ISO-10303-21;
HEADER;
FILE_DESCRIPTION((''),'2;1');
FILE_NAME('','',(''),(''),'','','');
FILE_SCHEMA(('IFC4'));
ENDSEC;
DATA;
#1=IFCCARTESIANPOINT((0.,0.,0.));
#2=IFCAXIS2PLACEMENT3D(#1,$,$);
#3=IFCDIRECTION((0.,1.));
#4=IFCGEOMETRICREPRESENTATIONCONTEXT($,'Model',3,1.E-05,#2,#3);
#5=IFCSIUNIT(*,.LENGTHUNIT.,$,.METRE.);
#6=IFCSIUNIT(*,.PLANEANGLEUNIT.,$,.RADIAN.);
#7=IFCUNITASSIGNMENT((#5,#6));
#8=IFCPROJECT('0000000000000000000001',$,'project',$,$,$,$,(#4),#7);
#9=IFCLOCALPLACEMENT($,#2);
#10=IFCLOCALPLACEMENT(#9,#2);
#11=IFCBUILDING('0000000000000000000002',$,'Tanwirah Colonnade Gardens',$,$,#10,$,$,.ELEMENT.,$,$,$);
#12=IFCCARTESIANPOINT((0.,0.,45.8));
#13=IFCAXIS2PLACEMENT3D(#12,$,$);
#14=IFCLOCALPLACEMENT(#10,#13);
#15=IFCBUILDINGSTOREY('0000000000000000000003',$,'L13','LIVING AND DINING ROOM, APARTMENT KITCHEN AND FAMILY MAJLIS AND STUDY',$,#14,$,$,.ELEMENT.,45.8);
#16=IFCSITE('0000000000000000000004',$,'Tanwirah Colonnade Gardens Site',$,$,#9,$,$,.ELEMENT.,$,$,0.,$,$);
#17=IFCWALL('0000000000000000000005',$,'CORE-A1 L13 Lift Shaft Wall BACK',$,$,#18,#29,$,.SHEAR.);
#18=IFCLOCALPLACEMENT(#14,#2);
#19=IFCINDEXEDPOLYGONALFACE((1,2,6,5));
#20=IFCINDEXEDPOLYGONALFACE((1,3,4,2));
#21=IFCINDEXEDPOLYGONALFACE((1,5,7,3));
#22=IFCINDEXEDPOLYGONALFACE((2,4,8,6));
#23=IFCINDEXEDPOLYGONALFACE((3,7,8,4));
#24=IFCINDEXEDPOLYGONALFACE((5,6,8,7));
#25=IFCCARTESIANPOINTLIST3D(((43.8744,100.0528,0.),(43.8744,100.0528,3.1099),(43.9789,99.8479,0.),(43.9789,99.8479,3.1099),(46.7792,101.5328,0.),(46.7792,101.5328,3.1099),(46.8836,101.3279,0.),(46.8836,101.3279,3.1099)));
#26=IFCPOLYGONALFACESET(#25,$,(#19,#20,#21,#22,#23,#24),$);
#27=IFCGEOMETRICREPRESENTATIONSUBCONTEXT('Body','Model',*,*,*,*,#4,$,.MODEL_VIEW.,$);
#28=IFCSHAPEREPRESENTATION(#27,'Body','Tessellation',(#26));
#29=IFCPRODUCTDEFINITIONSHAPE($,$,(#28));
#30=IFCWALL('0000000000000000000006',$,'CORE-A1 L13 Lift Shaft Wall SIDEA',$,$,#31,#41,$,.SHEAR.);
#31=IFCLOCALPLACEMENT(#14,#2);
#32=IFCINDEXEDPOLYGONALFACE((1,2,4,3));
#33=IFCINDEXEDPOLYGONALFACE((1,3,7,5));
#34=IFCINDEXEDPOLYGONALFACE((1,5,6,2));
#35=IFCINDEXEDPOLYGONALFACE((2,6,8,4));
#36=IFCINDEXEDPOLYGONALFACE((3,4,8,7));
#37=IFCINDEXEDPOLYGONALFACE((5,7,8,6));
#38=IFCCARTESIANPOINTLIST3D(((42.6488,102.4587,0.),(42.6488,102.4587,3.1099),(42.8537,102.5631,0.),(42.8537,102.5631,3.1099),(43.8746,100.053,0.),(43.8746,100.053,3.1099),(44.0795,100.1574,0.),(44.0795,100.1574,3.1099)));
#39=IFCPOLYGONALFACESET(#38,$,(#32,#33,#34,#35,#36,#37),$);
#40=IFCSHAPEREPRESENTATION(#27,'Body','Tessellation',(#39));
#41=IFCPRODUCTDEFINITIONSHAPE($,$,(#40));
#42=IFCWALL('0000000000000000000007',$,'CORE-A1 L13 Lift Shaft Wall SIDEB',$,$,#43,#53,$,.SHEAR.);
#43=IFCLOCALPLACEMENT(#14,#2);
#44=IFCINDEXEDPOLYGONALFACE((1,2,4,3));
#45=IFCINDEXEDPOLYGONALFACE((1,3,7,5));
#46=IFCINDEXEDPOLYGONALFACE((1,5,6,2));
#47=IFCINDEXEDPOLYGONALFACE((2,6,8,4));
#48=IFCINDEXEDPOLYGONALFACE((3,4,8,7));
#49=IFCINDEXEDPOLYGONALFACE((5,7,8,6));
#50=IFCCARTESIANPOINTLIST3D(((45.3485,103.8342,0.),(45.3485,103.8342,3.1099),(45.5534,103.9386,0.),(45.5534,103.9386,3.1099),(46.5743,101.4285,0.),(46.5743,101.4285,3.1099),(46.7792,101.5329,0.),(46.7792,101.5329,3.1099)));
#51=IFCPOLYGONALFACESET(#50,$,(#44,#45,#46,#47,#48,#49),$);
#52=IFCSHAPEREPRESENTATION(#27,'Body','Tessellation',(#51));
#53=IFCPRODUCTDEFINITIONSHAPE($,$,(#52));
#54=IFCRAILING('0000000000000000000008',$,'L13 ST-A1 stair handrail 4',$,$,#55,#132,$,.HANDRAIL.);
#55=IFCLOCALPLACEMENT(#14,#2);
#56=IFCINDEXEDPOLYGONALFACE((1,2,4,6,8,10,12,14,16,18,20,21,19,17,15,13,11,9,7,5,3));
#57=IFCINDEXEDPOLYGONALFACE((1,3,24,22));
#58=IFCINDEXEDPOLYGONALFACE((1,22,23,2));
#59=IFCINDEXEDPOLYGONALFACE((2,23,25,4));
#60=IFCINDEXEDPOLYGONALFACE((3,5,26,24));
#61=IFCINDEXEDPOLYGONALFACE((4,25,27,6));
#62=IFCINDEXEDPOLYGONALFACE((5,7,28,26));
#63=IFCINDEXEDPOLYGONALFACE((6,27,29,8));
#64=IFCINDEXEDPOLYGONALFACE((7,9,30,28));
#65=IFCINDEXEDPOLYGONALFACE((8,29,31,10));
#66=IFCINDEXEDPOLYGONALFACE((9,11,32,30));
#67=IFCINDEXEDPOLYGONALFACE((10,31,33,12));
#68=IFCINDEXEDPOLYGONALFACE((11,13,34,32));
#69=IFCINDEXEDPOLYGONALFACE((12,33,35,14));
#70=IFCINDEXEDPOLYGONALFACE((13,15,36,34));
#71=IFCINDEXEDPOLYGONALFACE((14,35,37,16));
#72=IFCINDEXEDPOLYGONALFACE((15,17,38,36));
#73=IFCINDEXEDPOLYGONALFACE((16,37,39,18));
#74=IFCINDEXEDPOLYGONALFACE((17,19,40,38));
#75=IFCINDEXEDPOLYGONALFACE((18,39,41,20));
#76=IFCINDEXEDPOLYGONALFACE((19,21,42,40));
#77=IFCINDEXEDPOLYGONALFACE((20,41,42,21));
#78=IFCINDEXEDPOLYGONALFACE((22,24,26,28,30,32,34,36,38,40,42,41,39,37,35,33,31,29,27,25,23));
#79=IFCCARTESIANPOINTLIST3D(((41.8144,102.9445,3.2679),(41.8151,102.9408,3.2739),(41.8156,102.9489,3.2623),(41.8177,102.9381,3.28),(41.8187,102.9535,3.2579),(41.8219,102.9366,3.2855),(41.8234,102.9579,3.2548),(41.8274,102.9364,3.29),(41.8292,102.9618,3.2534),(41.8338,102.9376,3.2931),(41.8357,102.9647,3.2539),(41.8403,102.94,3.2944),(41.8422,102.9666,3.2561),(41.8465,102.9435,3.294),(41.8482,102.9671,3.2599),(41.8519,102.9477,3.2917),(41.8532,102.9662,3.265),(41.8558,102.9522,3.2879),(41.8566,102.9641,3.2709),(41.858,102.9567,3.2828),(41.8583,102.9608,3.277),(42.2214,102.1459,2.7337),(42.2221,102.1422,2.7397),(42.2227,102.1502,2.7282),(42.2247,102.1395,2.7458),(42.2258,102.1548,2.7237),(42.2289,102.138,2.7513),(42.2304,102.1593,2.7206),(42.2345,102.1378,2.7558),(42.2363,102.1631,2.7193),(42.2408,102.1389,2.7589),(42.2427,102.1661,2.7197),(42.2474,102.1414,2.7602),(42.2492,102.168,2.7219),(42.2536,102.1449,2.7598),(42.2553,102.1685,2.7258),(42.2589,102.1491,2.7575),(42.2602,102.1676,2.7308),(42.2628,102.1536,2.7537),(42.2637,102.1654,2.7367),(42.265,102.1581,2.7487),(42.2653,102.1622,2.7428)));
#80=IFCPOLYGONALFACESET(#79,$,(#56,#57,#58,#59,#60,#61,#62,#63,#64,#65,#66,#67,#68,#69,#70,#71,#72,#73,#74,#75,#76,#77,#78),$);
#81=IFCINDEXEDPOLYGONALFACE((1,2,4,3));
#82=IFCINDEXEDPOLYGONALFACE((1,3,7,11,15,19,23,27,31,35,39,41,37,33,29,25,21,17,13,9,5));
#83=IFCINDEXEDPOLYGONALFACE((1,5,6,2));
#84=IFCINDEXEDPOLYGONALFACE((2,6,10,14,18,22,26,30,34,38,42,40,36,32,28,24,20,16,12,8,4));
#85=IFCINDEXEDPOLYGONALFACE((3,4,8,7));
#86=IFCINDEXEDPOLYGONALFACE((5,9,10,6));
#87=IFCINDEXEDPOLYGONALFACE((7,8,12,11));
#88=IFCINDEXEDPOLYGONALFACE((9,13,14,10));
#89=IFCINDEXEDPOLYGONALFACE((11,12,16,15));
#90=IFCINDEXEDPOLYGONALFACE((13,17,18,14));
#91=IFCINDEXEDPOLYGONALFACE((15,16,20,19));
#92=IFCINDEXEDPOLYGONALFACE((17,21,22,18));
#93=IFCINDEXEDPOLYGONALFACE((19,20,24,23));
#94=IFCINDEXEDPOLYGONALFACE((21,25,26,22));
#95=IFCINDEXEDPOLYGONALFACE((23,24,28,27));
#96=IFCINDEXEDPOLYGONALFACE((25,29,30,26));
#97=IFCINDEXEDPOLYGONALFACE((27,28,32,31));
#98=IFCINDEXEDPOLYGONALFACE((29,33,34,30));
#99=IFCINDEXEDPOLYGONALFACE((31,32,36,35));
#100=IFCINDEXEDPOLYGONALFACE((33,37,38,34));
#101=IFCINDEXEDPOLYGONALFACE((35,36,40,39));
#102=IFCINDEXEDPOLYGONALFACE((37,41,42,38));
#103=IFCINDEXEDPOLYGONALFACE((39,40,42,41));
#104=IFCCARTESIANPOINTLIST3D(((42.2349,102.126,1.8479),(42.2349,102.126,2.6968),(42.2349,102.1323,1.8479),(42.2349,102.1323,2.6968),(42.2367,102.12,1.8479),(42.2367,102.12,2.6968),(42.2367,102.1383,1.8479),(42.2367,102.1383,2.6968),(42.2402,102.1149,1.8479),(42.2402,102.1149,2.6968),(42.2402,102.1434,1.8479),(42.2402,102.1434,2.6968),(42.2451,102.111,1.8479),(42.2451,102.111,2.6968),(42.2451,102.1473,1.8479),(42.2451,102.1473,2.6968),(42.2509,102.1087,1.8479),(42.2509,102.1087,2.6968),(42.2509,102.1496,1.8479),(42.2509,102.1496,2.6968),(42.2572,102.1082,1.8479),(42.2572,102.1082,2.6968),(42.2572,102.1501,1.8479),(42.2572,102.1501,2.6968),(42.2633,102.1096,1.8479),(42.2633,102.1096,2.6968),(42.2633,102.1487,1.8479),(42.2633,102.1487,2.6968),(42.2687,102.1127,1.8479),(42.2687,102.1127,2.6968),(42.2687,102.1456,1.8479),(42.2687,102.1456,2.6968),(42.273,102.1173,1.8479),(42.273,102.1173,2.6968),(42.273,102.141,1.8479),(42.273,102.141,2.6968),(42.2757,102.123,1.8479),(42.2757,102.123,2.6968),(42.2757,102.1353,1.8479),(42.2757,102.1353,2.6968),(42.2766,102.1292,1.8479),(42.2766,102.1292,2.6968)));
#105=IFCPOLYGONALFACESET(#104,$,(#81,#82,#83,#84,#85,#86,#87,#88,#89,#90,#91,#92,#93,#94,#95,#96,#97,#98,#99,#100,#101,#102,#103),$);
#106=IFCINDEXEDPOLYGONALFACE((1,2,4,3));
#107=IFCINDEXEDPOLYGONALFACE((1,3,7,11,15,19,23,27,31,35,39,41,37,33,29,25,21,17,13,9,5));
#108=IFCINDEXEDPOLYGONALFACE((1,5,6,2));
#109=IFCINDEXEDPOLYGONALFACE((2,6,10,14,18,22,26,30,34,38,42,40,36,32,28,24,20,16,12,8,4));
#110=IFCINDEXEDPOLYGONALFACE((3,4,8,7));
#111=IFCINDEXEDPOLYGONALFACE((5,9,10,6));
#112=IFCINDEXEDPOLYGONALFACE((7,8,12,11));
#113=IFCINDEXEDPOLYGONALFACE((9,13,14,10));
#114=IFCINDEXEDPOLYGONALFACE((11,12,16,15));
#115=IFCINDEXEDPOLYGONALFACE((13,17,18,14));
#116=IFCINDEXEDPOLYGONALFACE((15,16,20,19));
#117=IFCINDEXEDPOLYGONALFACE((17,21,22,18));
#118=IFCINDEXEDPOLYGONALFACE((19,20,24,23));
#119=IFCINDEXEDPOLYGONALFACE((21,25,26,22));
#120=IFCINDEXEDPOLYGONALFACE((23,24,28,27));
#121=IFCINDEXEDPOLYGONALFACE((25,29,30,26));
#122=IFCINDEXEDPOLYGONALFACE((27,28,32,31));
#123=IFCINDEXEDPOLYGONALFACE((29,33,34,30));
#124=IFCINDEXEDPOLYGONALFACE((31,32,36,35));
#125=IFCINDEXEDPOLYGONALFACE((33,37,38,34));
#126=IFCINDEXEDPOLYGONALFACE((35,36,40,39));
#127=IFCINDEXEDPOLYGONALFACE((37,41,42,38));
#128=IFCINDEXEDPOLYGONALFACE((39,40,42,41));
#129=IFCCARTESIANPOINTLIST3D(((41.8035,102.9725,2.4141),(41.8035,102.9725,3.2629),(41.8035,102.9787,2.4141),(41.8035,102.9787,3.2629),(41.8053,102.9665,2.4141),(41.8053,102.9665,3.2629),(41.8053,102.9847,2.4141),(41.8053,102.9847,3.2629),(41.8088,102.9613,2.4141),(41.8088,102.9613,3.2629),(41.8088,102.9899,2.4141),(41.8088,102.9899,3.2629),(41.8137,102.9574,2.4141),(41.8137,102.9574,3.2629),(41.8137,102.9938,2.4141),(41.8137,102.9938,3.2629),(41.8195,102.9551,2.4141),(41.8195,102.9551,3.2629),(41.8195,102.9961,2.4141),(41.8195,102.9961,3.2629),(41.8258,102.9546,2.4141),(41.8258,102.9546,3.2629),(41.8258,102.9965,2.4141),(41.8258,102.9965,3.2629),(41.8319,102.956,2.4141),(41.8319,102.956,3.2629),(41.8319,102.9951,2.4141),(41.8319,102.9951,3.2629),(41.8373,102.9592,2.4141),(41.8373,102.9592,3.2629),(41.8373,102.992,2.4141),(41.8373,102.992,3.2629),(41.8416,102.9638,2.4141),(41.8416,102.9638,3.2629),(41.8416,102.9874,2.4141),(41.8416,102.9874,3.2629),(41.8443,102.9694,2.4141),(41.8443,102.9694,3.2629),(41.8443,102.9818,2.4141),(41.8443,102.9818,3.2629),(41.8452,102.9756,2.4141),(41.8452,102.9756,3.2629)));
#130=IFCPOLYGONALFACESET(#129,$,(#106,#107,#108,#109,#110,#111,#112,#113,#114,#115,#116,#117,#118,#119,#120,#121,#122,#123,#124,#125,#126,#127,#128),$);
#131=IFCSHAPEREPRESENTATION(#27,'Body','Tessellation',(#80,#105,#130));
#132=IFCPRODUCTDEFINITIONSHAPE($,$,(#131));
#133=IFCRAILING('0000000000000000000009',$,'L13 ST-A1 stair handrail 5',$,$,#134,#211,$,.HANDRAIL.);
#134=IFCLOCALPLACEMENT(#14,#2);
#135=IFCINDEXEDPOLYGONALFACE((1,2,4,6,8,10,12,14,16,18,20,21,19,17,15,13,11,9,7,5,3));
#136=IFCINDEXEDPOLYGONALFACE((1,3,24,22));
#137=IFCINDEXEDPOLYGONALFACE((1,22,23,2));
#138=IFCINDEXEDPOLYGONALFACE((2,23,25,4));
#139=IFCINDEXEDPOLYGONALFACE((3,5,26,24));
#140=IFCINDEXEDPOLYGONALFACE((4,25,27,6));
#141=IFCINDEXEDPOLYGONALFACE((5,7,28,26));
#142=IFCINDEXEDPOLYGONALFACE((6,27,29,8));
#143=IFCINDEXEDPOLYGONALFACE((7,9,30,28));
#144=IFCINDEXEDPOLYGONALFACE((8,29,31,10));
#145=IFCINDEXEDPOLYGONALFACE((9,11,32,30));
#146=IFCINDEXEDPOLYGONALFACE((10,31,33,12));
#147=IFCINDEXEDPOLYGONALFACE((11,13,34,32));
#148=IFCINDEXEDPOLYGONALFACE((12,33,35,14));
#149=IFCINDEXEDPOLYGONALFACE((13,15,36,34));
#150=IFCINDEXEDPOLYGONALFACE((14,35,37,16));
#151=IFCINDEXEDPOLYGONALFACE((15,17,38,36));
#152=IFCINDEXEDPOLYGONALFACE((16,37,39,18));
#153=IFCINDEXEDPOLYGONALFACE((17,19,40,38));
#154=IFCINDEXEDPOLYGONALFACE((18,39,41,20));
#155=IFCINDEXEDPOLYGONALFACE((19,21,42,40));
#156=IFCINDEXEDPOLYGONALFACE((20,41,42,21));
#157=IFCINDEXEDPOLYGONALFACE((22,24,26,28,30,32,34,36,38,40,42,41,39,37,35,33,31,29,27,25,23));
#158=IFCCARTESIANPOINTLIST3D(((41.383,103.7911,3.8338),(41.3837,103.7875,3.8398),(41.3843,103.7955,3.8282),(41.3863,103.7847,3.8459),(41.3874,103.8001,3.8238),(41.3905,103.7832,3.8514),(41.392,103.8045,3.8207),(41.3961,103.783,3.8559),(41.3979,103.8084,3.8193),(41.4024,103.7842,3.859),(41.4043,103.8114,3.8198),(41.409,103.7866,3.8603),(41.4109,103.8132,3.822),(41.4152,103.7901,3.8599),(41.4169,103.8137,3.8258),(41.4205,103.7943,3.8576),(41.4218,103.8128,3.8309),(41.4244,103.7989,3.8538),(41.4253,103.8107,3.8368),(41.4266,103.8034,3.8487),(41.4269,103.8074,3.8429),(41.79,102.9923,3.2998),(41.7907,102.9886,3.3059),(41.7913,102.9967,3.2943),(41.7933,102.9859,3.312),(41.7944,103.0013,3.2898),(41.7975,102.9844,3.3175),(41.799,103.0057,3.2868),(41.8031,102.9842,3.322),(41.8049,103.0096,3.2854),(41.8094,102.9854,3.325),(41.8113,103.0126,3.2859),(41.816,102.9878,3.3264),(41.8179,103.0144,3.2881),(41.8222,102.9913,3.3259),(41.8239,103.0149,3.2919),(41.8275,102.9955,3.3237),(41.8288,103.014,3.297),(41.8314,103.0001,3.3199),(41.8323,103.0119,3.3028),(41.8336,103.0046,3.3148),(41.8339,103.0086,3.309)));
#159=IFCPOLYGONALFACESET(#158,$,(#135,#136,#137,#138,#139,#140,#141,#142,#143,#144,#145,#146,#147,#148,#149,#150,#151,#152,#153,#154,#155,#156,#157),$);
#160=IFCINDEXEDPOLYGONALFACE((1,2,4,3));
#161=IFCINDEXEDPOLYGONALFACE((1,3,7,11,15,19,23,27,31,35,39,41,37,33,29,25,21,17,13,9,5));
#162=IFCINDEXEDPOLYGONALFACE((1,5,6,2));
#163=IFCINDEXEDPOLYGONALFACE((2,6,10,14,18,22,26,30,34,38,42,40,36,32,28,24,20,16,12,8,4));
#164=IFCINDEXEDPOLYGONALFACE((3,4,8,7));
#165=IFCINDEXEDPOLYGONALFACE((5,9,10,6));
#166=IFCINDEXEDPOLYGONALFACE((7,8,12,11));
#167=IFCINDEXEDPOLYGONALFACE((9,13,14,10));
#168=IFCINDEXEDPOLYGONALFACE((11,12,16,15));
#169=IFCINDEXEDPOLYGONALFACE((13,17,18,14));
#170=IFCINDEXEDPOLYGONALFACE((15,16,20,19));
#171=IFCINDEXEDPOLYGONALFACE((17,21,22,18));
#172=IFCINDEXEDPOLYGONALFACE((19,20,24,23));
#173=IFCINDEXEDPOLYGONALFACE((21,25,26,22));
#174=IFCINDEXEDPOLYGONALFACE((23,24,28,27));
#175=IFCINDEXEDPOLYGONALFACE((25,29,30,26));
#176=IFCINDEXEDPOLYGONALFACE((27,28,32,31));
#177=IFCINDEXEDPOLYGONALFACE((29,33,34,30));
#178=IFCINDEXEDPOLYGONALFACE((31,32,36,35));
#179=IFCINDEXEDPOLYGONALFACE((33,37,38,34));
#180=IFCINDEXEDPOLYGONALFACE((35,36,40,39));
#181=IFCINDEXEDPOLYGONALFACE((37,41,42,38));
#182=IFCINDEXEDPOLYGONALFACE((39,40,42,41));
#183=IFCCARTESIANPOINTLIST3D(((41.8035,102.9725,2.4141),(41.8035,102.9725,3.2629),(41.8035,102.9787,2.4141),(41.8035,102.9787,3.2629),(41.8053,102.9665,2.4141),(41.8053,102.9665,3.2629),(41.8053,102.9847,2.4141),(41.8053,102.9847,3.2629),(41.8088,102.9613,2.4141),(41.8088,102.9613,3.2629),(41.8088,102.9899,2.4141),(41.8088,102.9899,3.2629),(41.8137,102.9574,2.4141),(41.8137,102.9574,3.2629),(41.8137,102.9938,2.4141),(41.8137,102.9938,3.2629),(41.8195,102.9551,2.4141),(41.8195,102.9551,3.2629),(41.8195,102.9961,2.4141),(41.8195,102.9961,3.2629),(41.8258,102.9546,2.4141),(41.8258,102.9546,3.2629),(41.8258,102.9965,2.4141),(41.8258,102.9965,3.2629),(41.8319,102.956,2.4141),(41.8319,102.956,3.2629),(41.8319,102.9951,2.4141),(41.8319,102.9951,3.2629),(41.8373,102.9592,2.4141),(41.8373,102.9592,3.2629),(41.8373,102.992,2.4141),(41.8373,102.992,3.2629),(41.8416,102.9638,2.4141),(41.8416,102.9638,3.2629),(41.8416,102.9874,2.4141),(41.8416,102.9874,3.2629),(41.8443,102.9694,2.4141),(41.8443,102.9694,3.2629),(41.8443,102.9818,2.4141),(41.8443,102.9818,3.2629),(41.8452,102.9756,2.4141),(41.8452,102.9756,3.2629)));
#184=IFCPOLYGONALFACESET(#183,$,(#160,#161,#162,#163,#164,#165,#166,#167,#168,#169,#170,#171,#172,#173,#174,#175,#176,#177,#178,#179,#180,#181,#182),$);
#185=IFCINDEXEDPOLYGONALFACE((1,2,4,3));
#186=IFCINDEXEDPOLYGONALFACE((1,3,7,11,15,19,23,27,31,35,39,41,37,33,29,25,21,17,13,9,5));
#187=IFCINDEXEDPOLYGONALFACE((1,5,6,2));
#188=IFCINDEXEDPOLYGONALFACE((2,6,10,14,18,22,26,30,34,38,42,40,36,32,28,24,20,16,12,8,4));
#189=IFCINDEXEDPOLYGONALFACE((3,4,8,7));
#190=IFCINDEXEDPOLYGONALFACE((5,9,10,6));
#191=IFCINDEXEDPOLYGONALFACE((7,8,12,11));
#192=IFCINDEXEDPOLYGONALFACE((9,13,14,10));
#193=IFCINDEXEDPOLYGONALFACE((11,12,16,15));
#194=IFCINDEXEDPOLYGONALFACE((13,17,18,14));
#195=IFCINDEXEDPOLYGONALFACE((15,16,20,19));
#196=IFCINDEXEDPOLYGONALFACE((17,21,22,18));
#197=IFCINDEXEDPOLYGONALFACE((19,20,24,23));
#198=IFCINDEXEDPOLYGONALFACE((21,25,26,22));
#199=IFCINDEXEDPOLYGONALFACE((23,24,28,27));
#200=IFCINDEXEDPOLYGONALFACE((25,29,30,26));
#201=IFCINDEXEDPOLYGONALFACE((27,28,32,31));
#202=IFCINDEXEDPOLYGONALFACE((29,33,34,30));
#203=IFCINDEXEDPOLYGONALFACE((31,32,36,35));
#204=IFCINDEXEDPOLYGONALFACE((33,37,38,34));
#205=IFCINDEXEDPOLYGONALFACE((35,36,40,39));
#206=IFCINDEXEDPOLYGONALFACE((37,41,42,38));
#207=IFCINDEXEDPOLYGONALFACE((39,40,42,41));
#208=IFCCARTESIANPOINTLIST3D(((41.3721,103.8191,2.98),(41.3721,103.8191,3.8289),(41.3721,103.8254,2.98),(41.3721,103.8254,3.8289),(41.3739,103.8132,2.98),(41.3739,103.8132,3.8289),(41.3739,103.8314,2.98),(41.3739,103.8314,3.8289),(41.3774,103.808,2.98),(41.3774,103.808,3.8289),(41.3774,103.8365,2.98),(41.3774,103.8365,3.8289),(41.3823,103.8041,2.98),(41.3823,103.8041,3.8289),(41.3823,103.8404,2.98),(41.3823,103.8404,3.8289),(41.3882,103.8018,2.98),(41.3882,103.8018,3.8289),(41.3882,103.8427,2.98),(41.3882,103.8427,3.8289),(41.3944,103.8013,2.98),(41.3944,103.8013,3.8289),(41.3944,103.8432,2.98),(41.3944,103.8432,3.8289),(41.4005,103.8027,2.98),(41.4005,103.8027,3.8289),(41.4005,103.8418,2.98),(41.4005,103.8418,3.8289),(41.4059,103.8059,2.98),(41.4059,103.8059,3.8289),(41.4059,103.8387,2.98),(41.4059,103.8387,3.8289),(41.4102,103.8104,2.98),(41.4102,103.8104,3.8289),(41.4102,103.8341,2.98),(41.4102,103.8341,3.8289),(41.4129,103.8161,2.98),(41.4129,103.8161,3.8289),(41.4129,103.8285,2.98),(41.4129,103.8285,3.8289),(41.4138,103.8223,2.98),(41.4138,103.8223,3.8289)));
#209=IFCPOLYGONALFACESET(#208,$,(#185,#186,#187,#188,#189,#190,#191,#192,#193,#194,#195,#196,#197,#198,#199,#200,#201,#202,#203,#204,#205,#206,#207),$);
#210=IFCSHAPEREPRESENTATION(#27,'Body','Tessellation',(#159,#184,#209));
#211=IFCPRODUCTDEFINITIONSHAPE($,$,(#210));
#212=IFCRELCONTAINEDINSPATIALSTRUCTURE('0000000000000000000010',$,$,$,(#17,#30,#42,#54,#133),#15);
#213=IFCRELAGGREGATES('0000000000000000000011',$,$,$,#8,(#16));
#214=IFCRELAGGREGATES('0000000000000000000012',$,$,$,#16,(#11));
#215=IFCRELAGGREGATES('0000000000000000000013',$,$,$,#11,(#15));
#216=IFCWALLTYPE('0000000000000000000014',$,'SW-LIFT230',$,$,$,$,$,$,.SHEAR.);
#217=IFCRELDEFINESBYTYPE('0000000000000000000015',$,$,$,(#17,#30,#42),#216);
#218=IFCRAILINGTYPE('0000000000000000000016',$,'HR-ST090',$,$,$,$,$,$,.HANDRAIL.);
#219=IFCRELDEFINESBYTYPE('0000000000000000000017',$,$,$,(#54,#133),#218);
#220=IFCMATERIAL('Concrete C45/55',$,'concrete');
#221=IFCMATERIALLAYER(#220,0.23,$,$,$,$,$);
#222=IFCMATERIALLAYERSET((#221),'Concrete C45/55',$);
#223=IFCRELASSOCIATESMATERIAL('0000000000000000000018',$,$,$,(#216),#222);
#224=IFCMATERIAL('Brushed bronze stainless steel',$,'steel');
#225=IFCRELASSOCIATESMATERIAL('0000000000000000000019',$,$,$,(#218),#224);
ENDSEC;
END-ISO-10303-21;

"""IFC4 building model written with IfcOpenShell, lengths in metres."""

from ifc_helpers import new_model, si_unit, direction, frame, frame_2d, origin, origin_2d, place, context, subcontext, project, spatial, rectangle, circle, extrude, material, layer, layer_set, type_object, element, save


model = new_model("IFC4")

# Units and contexts
model_context = context("Model", 3, precision=1e-05, world=origin(), true_north=direction((0.0, 1.0)))
body_context = subcontext(model_context, "Body", "Model", "MODEL_VIEW")
ifc_project = project(units=[si_unit("LENGTHUNIT", "METRE"), si_unit("PLANEANGLEUNIT", "RADIAN")], contexts=[model_context])

# Site, building, storey
site_placement = place(None, origin())
site = spatial("IfcSite", under=ifc_project, at=site_placement, Name="Tanwirah Colonnade Gardens Site", CompositionType="ELEMENT", RefElevation=0.0)
building_placement = place(site_placement, origin())
building = spatial("IfcBuilding", under=site, at=building_placement, Name="Tanwirah Colonnade Gardens", CompositionType="ELEMENT")
storey_placement = place(building_placement, frame((0.0, 0.0, 45.8)))
storey = spatial("IfcBuildingStorey", under=building, at=storey_placement, Name="L13", Description="LIVING AND DINING ROOM, APARTMENT KITCHEN AND FAMILY MAJLIS AND STUDY", CompositionType="ELEMENT", Elevation=45.8)

# Shared definitions
ifc_material_1 = material(Name="Concrete C45/55", Category="concrete")
ifc_layer_1 = layer(ifc_material_1, 0.23)
ifc_layer_set_1 = layer_set([ifc_layer_1], Name="Concrete C45/55")
wall_type_1 = type_object("IfcWallType", Name="SW-LIFT230", PredefinedType="SHEAR", material=ifc_layer_set_1)

# Walls
wall_1_placement = place(storey_placement, frame((43.9268, 99.9504, 0.0), z_axis=(0.0, 0.0, 1.0), x_axis=(0.891017, 0.453971, 0.0)))
element("IfcWall", 1, at=wall_1_placement, inside=storey, type_object=wall_type_1, Name="CORE-A1 L13 Lift Shaft Wall BACK", PredefinedType="SHEAR", context=body_context, shape_type="SweptSolid", body=[
    extrude(rectangle(XDim=3.26, YDim=0.23, at=frame_2d((1.6299, 0.0))), origin(), (0.0, 0.0, 1.0), 3.1099),
])
for number, where, z_axis, x_axis, name in (
    (2, (42.7512, 102.511, 0.0), (0.0, 0.0, 1.0), (0.454, -0.891002, 0.0), "CORE-A1 L13 Lift Shaft Wall SIDEA"),
    (3, (45.4509, 103.8865, 0.0), (0.0, 0.0, 1.0), (0.454, -0.891002, 0.0), "CORE-A1 L13 Lift Shaft Wall SIDEB"),
):
    element("IfcWall", number, at=place(storey_placement, frame(where, z_axis=z_axis, x_axis=x_axis)), inside=storey, type_object=wall_type_1, Name=name, PredefinedType="SHEAR", context=body_context, shape_type="SweptSolid", body=[
        extrude(rectangle(XDim=2.7, YDim=0.23, at=frame_2d((1.3501, 0.0))), origin(), (0.0, 0.0, 1.0), 3.1099),
    ])

# Railings
ifc_material_2 = material(Name="Brushed bronze stainless steel", Category="steel")
railing_type_1 = type_object("IfcRailingType", Name="HR-ST090", PredefinedType="HANDRAIL", material=ifc_material_2)
railing_1_placement = place(storey_placement, frame((42.2556, 102.1292, 1.8479)))
element("IfcRailing", 4, at=railing_1_placement, inside=storey, type_object=railing_type_1, Name="L13 ST-A1 stair handrail 4", PredefinedType="HANDRAIL", context=body_context, shape_type="SweptSolid", body=[
    extrude(circle(Radius=0.0239, at=origin_2d()), frame((-0.0122, 0.0239, 0.8918), z_axis=(-0.390073, 0.765356, 0.51193), x_axis=(-0.890957, -0.454087, 0.0)), (0.0, 0.0, 1.0), 1.0435),
    extrude(circle(Radius=0.021, at=origin_2d()), origin(), (0.0, 0.0, 1.0), 0.8489),
    extrude(circle(Radius=0.021, at=origin_2d()), frame((-0.4314, 0.8464, 0.5662)), (0.0, 0.0, 1.0), 0.8489),
])
railing_2_placement = place(storey_placement, frame((41.8242, 102.9756, 2.4141)))
element("IfcRailing", 5, at=railing_2_placement, inside=storey, type_object=railing_type_1, Name="L13 ST-A1 stair handrail 5", PredefinedType="HANDRAIL", context=body_context, shape_type="SweptSolid", body=[
    extrude(circle(Radius=0.0239, at=origin_2d()), frame((-0.0122, 0.0239, 0.8918), z_axis=(-0.390052, 0.765534, 0.511681), x_axis=(-0.89101, -0.453984, 0.0)), (0.0, 0.0, 1.0), 1.0435),
    extrude(circle(Radius=0.021, at=origin_2d()), origin(), (0.0, 0.0, 1.0), 0.8489),
    extrude(circle(Radius=0.021, at=origin_2d()), frame((-0.4314, 0.8467, 0.5659)), (0.0, 0.0, 1.0), 0.8489),
])

save(model, "model.ifc")
